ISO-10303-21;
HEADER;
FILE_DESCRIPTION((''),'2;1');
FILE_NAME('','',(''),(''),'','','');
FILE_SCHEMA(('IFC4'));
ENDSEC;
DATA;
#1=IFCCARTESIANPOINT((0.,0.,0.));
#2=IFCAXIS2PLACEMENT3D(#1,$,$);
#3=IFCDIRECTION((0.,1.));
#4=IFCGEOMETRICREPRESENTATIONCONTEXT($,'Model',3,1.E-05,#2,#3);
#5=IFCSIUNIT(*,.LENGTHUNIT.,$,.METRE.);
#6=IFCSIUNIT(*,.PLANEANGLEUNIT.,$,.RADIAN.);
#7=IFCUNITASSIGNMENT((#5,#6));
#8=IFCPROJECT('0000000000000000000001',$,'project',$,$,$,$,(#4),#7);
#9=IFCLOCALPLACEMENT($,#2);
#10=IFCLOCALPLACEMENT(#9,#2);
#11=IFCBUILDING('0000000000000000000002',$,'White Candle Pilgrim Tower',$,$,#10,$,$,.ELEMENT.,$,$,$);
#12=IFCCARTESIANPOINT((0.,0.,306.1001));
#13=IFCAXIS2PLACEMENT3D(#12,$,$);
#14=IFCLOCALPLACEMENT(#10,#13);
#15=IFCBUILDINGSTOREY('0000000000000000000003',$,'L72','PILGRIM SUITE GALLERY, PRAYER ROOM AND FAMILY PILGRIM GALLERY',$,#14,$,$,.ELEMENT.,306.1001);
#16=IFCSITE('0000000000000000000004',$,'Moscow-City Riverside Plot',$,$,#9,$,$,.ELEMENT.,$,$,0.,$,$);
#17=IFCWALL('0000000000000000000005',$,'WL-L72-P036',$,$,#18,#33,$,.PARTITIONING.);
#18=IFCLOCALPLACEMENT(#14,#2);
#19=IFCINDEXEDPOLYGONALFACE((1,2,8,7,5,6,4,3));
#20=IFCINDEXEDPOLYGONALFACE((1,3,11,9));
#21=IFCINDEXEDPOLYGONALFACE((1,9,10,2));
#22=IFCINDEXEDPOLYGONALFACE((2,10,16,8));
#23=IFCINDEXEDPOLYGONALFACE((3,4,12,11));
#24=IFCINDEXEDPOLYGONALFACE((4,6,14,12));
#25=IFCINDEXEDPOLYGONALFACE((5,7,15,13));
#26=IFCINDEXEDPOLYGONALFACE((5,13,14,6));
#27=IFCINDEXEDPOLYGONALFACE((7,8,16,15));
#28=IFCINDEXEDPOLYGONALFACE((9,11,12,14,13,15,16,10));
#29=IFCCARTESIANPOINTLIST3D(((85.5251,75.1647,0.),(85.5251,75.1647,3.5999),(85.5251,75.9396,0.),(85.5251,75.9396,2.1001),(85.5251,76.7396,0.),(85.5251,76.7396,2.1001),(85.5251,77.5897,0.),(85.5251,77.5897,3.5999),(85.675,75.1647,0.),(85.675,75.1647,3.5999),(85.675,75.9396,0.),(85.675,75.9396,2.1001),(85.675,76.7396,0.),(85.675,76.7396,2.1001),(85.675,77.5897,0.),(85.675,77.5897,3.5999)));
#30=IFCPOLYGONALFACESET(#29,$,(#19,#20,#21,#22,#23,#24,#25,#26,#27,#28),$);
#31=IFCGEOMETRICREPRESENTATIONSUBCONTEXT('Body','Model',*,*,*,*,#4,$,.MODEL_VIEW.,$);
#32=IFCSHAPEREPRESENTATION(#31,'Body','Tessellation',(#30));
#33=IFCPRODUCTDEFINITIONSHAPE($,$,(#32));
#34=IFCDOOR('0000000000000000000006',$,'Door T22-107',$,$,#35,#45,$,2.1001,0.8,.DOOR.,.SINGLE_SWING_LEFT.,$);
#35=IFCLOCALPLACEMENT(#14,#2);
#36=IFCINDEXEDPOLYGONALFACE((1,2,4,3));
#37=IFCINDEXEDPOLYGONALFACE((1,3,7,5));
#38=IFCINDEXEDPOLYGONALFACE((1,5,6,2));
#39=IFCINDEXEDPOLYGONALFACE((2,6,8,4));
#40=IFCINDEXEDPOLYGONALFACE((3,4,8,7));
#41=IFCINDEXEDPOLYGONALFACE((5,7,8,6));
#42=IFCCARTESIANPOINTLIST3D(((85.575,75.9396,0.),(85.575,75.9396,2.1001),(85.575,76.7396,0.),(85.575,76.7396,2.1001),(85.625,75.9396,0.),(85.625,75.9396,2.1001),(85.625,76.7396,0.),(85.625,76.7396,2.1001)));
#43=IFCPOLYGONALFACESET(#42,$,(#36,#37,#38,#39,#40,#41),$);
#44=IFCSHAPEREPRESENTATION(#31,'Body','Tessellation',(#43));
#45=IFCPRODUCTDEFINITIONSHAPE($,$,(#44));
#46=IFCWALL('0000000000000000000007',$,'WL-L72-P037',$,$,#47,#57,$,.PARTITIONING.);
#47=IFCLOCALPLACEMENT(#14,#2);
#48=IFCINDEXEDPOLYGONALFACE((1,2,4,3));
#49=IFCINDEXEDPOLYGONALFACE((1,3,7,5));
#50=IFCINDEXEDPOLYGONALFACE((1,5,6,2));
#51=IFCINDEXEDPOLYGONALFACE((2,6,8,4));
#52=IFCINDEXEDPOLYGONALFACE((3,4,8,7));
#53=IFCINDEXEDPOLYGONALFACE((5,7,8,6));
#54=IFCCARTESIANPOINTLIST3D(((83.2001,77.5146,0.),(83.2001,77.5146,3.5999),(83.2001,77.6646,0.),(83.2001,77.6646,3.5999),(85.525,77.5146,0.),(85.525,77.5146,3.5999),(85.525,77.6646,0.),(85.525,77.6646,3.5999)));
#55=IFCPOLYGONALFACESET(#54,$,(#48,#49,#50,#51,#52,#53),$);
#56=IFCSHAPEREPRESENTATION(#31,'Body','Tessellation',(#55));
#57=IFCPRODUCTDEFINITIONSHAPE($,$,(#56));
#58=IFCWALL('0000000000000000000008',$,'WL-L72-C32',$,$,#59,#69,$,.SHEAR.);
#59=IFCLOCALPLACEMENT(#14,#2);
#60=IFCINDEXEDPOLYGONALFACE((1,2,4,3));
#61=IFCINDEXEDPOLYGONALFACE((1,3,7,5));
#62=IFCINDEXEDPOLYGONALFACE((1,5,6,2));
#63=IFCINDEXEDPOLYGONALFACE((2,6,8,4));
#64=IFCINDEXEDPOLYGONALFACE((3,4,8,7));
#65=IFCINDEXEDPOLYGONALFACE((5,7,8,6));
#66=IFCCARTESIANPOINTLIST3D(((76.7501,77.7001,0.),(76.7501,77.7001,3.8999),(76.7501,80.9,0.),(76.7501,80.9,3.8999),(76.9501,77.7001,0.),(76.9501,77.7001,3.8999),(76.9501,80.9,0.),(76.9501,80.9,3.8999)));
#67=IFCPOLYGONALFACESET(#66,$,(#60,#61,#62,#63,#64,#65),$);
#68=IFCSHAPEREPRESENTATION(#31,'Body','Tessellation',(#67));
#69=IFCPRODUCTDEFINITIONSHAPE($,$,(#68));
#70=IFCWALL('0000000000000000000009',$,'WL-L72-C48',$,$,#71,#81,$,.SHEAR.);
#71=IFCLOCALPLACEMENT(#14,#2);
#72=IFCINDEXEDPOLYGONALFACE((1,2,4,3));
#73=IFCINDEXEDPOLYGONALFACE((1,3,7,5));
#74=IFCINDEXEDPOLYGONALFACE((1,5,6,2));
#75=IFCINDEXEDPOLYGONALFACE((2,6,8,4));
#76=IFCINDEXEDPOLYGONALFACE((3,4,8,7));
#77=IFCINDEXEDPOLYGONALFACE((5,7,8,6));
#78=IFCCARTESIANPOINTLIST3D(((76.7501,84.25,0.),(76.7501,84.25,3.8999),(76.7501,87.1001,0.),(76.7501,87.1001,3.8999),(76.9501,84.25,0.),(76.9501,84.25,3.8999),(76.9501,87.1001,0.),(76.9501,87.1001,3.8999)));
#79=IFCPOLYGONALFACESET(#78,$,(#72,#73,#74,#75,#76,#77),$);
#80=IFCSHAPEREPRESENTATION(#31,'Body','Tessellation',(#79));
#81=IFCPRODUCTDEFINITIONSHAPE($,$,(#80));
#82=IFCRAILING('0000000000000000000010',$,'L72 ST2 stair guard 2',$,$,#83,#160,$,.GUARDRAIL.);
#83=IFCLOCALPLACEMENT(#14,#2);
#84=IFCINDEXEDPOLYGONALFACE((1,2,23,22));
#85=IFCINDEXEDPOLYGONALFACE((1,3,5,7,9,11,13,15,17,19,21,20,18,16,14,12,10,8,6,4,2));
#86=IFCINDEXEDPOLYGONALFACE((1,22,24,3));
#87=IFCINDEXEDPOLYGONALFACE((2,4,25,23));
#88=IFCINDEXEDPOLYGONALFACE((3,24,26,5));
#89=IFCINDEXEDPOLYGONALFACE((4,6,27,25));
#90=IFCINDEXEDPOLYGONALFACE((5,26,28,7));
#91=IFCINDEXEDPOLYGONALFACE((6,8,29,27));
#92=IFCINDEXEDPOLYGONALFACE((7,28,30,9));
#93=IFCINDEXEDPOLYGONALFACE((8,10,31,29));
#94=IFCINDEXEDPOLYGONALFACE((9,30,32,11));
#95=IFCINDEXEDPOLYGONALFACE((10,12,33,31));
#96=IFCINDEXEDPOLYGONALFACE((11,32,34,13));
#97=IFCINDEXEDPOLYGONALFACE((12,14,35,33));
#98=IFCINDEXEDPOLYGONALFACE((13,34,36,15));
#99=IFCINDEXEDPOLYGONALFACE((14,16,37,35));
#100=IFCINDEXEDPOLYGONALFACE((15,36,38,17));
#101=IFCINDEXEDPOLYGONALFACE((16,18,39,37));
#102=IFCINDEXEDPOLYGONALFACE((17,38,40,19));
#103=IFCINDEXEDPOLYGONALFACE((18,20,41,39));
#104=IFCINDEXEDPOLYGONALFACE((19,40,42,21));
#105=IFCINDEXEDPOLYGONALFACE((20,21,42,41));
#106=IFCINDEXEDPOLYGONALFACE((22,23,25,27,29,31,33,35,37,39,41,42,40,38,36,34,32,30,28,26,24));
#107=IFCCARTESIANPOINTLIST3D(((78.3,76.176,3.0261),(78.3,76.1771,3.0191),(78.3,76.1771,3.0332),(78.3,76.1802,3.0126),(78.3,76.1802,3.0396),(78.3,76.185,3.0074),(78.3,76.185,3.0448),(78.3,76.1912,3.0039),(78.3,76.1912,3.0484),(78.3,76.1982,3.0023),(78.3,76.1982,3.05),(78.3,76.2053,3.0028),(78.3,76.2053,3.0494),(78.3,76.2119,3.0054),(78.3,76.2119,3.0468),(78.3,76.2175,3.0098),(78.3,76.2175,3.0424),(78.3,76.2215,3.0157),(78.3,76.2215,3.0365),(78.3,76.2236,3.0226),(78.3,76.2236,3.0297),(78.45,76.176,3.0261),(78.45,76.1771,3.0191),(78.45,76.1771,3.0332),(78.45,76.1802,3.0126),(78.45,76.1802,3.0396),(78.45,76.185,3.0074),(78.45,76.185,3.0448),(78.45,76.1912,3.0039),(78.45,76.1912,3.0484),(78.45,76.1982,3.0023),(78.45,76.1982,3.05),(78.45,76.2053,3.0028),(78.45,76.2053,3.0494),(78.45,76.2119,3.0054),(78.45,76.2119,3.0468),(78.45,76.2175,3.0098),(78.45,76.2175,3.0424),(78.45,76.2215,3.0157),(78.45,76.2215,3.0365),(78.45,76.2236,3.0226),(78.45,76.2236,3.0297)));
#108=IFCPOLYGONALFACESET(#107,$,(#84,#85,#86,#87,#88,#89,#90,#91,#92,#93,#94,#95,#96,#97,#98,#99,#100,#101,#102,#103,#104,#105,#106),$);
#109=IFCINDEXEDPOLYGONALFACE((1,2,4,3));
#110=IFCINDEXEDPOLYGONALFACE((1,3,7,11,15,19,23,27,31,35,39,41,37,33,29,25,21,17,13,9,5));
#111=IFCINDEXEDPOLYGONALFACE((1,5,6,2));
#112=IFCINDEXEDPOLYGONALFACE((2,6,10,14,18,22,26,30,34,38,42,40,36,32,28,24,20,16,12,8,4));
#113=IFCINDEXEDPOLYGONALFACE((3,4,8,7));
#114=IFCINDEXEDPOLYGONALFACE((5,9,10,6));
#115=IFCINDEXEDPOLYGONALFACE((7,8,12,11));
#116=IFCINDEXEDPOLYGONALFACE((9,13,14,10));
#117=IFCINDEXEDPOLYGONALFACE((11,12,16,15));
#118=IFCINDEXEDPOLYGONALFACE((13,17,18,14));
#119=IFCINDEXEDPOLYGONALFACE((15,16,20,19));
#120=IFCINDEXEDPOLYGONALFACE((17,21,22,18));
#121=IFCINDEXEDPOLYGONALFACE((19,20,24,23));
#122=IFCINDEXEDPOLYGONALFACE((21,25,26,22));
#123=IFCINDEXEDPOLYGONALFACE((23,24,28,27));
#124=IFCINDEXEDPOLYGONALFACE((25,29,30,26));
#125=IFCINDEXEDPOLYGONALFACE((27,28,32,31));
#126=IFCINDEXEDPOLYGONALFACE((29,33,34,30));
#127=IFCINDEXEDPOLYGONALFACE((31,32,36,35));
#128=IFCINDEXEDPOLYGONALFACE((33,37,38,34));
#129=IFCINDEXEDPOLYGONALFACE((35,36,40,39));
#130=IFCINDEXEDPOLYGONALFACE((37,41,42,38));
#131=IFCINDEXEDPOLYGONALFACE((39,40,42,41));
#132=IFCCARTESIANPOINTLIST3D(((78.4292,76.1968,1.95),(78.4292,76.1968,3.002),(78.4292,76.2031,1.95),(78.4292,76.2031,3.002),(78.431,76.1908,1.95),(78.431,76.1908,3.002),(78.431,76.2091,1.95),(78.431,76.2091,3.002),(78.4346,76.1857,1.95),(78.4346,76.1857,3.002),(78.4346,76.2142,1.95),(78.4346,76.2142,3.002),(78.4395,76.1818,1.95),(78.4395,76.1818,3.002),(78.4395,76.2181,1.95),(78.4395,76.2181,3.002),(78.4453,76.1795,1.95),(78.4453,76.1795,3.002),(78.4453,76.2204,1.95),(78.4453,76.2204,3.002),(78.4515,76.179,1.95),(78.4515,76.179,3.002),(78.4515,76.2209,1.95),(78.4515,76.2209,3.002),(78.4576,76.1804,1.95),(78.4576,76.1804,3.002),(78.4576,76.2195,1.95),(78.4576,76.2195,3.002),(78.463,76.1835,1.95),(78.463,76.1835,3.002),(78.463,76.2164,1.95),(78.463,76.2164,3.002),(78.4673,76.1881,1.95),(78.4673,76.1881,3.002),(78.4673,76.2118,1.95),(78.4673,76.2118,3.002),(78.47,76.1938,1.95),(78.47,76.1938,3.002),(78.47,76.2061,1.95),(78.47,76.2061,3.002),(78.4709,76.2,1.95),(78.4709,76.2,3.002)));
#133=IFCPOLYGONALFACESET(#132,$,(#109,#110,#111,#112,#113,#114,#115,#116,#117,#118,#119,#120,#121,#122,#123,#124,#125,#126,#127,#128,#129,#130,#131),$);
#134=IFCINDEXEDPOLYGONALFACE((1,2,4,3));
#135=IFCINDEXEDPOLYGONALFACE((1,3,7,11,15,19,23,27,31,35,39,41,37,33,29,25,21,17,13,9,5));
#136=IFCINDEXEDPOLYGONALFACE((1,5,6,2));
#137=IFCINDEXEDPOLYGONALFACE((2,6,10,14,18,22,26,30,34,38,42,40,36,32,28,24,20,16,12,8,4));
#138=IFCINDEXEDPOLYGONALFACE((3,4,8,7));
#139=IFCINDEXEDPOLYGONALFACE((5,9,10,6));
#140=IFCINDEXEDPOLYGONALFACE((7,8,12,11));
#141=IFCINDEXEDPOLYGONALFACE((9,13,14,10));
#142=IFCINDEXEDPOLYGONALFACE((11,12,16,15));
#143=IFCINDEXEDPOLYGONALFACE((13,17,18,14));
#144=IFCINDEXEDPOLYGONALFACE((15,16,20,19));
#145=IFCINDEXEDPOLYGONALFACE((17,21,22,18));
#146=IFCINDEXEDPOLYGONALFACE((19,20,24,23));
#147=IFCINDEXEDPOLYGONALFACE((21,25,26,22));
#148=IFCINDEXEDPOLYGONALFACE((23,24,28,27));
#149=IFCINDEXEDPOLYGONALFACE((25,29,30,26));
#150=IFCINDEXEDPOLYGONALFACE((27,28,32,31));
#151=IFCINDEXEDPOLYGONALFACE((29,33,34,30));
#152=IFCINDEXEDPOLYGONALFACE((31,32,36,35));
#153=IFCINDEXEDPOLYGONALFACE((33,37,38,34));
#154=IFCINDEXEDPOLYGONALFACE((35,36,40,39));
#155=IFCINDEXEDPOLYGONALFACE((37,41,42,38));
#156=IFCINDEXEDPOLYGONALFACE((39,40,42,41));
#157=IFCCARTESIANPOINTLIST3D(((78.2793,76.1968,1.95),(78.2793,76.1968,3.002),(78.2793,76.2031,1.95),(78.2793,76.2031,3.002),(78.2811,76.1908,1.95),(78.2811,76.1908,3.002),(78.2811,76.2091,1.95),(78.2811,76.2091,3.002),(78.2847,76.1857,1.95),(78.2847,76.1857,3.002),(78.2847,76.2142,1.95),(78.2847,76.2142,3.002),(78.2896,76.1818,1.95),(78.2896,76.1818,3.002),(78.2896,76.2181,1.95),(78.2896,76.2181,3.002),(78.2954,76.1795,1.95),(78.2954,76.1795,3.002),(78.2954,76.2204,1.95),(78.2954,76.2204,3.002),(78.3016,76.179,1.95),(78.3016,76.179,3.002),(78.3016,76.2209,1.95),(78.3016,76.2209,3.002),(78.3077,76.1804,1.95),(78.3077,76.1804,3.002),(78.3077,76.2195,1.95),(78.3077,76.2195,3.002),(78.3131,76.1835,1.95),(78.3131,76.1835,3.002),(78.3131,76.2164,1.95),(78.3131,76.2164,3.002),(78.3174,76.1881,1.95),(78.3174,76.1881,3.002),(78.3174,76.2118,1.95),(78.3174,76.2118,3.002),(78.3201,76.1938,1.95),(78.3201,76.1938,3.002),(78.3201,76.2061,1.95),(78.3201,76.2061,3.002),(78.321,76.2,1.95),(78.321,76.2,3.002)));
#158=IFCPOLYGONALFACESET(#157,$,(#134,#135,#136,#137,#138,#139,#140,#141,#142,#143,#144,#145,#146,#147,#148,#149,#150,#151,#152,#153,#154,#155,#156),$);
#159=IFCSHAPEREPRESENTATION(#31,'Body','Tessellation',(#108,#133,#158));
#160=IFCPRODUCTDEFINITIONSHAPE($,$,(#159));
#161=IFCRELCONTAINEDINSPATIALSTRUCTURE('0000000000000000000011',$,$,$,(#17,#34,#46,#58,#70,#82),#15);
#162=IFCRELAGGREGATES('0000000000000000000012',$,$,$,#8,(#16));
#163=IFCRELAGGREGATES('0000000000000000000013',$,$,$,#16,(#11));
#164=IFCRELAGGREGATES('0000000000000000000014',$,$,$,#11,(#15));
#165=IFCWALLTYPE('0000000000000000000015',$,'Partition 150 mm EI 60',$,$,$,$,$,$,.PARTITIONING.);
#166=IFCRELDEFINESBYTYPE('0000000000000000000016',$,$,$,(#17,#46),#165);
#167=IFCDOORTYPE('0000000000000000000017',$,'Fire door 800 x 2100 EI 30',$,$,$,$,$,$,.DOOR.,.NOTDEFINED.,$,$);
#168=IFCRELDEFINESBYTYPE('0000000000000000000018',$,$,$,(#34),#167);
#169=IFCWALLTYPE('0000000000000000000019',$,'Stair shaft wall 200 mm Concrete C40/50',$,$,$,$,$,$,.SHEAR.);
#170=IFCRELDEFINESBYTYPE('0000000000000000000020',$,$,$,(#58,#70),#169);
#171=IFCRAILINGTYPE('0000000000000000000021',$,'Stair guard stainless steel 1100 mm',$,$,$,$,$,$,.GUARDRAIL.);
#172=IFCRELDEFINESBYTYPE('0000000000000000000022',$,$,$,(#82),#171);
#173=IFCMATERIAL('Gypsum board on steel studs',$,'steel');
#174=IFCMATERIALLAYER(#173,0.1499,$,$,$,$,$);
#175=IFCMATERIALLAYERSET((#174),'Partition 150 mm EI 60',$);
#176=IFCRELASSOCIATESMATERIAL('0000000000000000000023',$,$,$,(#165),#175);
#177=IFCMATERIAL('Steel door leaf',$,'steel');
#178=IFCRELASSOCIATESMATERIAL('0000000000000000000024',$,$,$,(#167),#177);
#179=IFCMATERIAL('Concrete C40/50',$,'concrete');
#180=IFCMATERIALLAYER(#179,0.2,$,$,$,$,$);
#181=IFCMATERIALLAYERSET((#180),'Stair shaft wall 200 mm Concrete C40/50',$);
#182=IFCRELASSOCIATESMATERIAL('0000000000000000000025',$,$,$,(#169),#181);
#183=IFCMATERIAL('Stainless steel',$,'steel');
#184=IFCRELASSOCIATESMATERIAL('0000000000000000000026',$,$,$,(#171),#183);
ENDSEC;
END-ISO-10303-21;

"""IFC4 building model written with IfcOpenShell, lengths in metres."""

from ifc_helpers import new_model, si_unit, direction, frame, frame_2d, origin, origin_2d, place, context, subcontext, project, spatial, rectangle, circle, extrude, material, layer, layer_set, type_object, element, fill, save


model = new_model("IFC4")

# Units and contexts
model_context = context("Model", 3, precision=1e-05, world=origin(), true_north=direction((0.0, 1.0)))
body_context = subcontext(model_context, "Body", "Model", "MODEL_VIEW")
ifc_project = project(units=[si_unit("LENGTHUNIT", "METRE"), si_unit("PLANEANGLEUNIT", "RADIAN")], contexts=[model_context])

# Site, building, storey
site_placement = place(None, origin())
site = spatial("IfcSite", under=ifc_project, at=site_placement, Name="Moscow-City Riverside Plot", CompositionType="ELEMENT", RefElevation=0.0)
building_placement = place(site_placement, origin())
building = spatial("IfcBuilding", under=site, at=building_placement, Name="White Candle Pilgrim Tower", CompositionType="ELEMENT")
storey_placement = place(building_placement, frame((0.0, 0.0, 306.1001)))
storey = spatial("IfcBuildingStorey", under=building, at=storey_placement, Name="L72", Description="PILGRIM SUITE GALLERY, PRAYER ROOM AND FAMILY PILGRIM GALLERY", CompositionType="ELEMENT", Elevation=306.1001)

# Shared definitions
ifc_material_1 = material(Name="Concrete C40/50", Category="concrete")

# Shared definitions
ifc_material_2 = material(Name="Steel door leaf", Category="steel")

# Shared definitions
ifc_material_3 = material(Name="Gypsum board on steel studs", Category="steel")

# Shared definitions
ifc_layer_1 = layer(ifc_material_3, 0.1499)
ifc_layer_set_1 = layer_set([ifc_layer_1], Name="Partition 150 mm EI 60")
wall_type_1 = type_object("IfcWallType", Name="Partition 150 mm EI 60", PredefinedType="PARTITIONING", material=ifc_layer_set_1)

# Wall, opening, door
wall_1_placement = place(storey_placement, frame((85.6001, 77.5896, 0.0), z_axis=(0.0, 0.0, 1.0), x_axis=(0.0, -1.0, 0.0)))
wall_1 = element("IfcWall", 1, at=wall_1_placement, inside=storey, type_object=wall_type_1, Name="WL-L72-P036", PredefinedType="PARTITIONING", context=body_context, shape_type="SweptSolid", body=[
    extrude(rectangle(XDim=2.425, YDim=0.1499, at=frame_2d((1.2124, 0.0))), origin(), (0.0, 0.0, 1.0), 3.5999),
])
opening_1_placement = place(wall_1_placement, frame((0.8501, 0.0, 0.0)))
opening_1 = element("IfcOpeningElement", 2, at=opening_1_placement, cuts=wall_1, PredefinedType="OPENING", context=body_context, shape_type="SweptSolid", body=[
    extrude(rectangle(XDim=0.8, YDim=2.1001, at=frame_2d((0.3999, 1.05))), frame((0.0, 0.085, 0.0), z_axis=(0.0, -1.0, 0.0), x_axis=(1.0, 0.0, 0.0)), (0.0, 0.0, 1.0), 0.1699),
])
door_type_1 = type_object("IfcDoorType", Name="Fire door 800 x 2100 EI 30", OperationType="NOTDEFINED", PredefinedType="DOOR", material=ifc_material_2)
door_1_placement = place(opening_1_placement, origin())
door_1 = element("IfcDoor", 3, at=door_1_placement, inside=storey, type_object=door_type_1, Name="Door T22-107", OperationType="SINGLE_SWING_LEFT", OverallHeight=2.1001, OverallWidth=0.8, PredefinedType="DOOR", context=body_context, shape_type="SweptSolid", body=[
    extrude(rectangle(XDim=0.8, YDim=2.1001, at=frame_2d((0.3999, 1.05))), frame((0.0, 0.0249, 0.0), z_axis=(0.0, -1.0, 0.0), x_axis=(1.0, 0.0, 0.0)), (0.0, 0.0, 1.0), 0.05),
])
fill(opening_1, door_1)

# Walls
wall_2_placement = place(storey_placement, frame((83.2, 77.5896, 0.0), z_axis=(0.0, 0.0, 1.0), x_axis=(1.0, 0.0, 0.0)))
element("IfcWall", 4, at=wall_2_placement, inside=storey, type_object=wall_type_1, Name="WL-L72-P037", PredefinedType="PARTITIONING", context=body_context, shape_type="SweptSolid", body=[
    extrude(rectangle(XDim=2.325, YDim=0.1499, at=frame_2d((1.1626, 0.0))), origin(), (0.0, 0.0, 1.0), 3.5999),
])
ifc_layer_2 = layer(ifc_material_1, 0.2)
ifc_layer_set_2 = layer_set([ifc_layer_2], Name="Stair shaft wall 200 mm Concrete C40/50")
wall_type_2 = type_object("IfcWallType", Name="Stair shaft wall 200 mm Concrete C40/50", PredefinedType="SHEAR", material=ifc_layer_set_2)
wall_3_placement = place(storey_placement, frame((76.8501, 77.7, 0.0), z_axis=(0.0, 0.0, 1.0), x_axis=(0.0, 1.0, 0.0)))
element("IfcWall", 5, at=wall_3_placement, inside=storey, type_object=wall_type_2, Name="WL-L72-C32", PredefinedType="SHEAR", context=body_context, shape_type="SweptSolid", body=[
    extrude(rectangle(XDim=3.2, YDim=0.2, at=frame_2d((1.6001, 0.0))), origin(), (0.0, 0.0, 1.0), 3.8999),
])
wall_4_placement = place(storey_placement, frame((76.8501, 84.25, 0.0), z_axis=(0.0, 0.0, 1.0), x_axis=(0.0, 1.0, 0.0)))
element("IfcWall", 6, at=wall_4_placement, inside=storey, type_object=wall_type_2, Name="WL-L72-C48", PredefinedType="SHEAR", context=body_context, shape_type="SweptSolid", body=[
    extrude(rectangle(XDim=2.8501, YDim=0.2, at=frame_2d((1.425, 0.0))), origin(), (0.0, 0.0, 1.0), 3.8999),
])

# Railing
ifc_material_4 = material(Name="Stainless steel", Category="steel")
railing_type = type_object("IfcRailingType", Name="Stair guard stainless steel 1100 mm", PredefinedType="GUARDRAIL", material=ifc_material_4)
railing_placement = place(storey_placement, frame((78.45, 76.2, 1.95)))
element("IfcRailing", 7, at=railing_placement, inside=storey, type_object=railing_type, Name="L72 ST2 stair guard 2", PredefinedType="GUARDRAIL", context=body_context, shape_type="SweptSolid", body=[
    extrude(circle(Radius=0.0239, at=origin_2d()), frame((0.0, 0.0, 1.0762), z_axis=(-1.0, 0.0, 0.0), x_axis=(0.0, -1.0, 0.0)), (0.0, 0.0, 1.0), 0.1499),
    extrude(circle(Radius=0.021, at=origin_2d()), origin(), (0.0, 0.0, 1.0), 1.052),
    extrude(circle(Radius=0.021, at=origin_2d()), frame((-0.1499, 0.0, 0.0)), (0.0, 0.0, 1.0), 1.052),
])

save(model, "model.ifc")
